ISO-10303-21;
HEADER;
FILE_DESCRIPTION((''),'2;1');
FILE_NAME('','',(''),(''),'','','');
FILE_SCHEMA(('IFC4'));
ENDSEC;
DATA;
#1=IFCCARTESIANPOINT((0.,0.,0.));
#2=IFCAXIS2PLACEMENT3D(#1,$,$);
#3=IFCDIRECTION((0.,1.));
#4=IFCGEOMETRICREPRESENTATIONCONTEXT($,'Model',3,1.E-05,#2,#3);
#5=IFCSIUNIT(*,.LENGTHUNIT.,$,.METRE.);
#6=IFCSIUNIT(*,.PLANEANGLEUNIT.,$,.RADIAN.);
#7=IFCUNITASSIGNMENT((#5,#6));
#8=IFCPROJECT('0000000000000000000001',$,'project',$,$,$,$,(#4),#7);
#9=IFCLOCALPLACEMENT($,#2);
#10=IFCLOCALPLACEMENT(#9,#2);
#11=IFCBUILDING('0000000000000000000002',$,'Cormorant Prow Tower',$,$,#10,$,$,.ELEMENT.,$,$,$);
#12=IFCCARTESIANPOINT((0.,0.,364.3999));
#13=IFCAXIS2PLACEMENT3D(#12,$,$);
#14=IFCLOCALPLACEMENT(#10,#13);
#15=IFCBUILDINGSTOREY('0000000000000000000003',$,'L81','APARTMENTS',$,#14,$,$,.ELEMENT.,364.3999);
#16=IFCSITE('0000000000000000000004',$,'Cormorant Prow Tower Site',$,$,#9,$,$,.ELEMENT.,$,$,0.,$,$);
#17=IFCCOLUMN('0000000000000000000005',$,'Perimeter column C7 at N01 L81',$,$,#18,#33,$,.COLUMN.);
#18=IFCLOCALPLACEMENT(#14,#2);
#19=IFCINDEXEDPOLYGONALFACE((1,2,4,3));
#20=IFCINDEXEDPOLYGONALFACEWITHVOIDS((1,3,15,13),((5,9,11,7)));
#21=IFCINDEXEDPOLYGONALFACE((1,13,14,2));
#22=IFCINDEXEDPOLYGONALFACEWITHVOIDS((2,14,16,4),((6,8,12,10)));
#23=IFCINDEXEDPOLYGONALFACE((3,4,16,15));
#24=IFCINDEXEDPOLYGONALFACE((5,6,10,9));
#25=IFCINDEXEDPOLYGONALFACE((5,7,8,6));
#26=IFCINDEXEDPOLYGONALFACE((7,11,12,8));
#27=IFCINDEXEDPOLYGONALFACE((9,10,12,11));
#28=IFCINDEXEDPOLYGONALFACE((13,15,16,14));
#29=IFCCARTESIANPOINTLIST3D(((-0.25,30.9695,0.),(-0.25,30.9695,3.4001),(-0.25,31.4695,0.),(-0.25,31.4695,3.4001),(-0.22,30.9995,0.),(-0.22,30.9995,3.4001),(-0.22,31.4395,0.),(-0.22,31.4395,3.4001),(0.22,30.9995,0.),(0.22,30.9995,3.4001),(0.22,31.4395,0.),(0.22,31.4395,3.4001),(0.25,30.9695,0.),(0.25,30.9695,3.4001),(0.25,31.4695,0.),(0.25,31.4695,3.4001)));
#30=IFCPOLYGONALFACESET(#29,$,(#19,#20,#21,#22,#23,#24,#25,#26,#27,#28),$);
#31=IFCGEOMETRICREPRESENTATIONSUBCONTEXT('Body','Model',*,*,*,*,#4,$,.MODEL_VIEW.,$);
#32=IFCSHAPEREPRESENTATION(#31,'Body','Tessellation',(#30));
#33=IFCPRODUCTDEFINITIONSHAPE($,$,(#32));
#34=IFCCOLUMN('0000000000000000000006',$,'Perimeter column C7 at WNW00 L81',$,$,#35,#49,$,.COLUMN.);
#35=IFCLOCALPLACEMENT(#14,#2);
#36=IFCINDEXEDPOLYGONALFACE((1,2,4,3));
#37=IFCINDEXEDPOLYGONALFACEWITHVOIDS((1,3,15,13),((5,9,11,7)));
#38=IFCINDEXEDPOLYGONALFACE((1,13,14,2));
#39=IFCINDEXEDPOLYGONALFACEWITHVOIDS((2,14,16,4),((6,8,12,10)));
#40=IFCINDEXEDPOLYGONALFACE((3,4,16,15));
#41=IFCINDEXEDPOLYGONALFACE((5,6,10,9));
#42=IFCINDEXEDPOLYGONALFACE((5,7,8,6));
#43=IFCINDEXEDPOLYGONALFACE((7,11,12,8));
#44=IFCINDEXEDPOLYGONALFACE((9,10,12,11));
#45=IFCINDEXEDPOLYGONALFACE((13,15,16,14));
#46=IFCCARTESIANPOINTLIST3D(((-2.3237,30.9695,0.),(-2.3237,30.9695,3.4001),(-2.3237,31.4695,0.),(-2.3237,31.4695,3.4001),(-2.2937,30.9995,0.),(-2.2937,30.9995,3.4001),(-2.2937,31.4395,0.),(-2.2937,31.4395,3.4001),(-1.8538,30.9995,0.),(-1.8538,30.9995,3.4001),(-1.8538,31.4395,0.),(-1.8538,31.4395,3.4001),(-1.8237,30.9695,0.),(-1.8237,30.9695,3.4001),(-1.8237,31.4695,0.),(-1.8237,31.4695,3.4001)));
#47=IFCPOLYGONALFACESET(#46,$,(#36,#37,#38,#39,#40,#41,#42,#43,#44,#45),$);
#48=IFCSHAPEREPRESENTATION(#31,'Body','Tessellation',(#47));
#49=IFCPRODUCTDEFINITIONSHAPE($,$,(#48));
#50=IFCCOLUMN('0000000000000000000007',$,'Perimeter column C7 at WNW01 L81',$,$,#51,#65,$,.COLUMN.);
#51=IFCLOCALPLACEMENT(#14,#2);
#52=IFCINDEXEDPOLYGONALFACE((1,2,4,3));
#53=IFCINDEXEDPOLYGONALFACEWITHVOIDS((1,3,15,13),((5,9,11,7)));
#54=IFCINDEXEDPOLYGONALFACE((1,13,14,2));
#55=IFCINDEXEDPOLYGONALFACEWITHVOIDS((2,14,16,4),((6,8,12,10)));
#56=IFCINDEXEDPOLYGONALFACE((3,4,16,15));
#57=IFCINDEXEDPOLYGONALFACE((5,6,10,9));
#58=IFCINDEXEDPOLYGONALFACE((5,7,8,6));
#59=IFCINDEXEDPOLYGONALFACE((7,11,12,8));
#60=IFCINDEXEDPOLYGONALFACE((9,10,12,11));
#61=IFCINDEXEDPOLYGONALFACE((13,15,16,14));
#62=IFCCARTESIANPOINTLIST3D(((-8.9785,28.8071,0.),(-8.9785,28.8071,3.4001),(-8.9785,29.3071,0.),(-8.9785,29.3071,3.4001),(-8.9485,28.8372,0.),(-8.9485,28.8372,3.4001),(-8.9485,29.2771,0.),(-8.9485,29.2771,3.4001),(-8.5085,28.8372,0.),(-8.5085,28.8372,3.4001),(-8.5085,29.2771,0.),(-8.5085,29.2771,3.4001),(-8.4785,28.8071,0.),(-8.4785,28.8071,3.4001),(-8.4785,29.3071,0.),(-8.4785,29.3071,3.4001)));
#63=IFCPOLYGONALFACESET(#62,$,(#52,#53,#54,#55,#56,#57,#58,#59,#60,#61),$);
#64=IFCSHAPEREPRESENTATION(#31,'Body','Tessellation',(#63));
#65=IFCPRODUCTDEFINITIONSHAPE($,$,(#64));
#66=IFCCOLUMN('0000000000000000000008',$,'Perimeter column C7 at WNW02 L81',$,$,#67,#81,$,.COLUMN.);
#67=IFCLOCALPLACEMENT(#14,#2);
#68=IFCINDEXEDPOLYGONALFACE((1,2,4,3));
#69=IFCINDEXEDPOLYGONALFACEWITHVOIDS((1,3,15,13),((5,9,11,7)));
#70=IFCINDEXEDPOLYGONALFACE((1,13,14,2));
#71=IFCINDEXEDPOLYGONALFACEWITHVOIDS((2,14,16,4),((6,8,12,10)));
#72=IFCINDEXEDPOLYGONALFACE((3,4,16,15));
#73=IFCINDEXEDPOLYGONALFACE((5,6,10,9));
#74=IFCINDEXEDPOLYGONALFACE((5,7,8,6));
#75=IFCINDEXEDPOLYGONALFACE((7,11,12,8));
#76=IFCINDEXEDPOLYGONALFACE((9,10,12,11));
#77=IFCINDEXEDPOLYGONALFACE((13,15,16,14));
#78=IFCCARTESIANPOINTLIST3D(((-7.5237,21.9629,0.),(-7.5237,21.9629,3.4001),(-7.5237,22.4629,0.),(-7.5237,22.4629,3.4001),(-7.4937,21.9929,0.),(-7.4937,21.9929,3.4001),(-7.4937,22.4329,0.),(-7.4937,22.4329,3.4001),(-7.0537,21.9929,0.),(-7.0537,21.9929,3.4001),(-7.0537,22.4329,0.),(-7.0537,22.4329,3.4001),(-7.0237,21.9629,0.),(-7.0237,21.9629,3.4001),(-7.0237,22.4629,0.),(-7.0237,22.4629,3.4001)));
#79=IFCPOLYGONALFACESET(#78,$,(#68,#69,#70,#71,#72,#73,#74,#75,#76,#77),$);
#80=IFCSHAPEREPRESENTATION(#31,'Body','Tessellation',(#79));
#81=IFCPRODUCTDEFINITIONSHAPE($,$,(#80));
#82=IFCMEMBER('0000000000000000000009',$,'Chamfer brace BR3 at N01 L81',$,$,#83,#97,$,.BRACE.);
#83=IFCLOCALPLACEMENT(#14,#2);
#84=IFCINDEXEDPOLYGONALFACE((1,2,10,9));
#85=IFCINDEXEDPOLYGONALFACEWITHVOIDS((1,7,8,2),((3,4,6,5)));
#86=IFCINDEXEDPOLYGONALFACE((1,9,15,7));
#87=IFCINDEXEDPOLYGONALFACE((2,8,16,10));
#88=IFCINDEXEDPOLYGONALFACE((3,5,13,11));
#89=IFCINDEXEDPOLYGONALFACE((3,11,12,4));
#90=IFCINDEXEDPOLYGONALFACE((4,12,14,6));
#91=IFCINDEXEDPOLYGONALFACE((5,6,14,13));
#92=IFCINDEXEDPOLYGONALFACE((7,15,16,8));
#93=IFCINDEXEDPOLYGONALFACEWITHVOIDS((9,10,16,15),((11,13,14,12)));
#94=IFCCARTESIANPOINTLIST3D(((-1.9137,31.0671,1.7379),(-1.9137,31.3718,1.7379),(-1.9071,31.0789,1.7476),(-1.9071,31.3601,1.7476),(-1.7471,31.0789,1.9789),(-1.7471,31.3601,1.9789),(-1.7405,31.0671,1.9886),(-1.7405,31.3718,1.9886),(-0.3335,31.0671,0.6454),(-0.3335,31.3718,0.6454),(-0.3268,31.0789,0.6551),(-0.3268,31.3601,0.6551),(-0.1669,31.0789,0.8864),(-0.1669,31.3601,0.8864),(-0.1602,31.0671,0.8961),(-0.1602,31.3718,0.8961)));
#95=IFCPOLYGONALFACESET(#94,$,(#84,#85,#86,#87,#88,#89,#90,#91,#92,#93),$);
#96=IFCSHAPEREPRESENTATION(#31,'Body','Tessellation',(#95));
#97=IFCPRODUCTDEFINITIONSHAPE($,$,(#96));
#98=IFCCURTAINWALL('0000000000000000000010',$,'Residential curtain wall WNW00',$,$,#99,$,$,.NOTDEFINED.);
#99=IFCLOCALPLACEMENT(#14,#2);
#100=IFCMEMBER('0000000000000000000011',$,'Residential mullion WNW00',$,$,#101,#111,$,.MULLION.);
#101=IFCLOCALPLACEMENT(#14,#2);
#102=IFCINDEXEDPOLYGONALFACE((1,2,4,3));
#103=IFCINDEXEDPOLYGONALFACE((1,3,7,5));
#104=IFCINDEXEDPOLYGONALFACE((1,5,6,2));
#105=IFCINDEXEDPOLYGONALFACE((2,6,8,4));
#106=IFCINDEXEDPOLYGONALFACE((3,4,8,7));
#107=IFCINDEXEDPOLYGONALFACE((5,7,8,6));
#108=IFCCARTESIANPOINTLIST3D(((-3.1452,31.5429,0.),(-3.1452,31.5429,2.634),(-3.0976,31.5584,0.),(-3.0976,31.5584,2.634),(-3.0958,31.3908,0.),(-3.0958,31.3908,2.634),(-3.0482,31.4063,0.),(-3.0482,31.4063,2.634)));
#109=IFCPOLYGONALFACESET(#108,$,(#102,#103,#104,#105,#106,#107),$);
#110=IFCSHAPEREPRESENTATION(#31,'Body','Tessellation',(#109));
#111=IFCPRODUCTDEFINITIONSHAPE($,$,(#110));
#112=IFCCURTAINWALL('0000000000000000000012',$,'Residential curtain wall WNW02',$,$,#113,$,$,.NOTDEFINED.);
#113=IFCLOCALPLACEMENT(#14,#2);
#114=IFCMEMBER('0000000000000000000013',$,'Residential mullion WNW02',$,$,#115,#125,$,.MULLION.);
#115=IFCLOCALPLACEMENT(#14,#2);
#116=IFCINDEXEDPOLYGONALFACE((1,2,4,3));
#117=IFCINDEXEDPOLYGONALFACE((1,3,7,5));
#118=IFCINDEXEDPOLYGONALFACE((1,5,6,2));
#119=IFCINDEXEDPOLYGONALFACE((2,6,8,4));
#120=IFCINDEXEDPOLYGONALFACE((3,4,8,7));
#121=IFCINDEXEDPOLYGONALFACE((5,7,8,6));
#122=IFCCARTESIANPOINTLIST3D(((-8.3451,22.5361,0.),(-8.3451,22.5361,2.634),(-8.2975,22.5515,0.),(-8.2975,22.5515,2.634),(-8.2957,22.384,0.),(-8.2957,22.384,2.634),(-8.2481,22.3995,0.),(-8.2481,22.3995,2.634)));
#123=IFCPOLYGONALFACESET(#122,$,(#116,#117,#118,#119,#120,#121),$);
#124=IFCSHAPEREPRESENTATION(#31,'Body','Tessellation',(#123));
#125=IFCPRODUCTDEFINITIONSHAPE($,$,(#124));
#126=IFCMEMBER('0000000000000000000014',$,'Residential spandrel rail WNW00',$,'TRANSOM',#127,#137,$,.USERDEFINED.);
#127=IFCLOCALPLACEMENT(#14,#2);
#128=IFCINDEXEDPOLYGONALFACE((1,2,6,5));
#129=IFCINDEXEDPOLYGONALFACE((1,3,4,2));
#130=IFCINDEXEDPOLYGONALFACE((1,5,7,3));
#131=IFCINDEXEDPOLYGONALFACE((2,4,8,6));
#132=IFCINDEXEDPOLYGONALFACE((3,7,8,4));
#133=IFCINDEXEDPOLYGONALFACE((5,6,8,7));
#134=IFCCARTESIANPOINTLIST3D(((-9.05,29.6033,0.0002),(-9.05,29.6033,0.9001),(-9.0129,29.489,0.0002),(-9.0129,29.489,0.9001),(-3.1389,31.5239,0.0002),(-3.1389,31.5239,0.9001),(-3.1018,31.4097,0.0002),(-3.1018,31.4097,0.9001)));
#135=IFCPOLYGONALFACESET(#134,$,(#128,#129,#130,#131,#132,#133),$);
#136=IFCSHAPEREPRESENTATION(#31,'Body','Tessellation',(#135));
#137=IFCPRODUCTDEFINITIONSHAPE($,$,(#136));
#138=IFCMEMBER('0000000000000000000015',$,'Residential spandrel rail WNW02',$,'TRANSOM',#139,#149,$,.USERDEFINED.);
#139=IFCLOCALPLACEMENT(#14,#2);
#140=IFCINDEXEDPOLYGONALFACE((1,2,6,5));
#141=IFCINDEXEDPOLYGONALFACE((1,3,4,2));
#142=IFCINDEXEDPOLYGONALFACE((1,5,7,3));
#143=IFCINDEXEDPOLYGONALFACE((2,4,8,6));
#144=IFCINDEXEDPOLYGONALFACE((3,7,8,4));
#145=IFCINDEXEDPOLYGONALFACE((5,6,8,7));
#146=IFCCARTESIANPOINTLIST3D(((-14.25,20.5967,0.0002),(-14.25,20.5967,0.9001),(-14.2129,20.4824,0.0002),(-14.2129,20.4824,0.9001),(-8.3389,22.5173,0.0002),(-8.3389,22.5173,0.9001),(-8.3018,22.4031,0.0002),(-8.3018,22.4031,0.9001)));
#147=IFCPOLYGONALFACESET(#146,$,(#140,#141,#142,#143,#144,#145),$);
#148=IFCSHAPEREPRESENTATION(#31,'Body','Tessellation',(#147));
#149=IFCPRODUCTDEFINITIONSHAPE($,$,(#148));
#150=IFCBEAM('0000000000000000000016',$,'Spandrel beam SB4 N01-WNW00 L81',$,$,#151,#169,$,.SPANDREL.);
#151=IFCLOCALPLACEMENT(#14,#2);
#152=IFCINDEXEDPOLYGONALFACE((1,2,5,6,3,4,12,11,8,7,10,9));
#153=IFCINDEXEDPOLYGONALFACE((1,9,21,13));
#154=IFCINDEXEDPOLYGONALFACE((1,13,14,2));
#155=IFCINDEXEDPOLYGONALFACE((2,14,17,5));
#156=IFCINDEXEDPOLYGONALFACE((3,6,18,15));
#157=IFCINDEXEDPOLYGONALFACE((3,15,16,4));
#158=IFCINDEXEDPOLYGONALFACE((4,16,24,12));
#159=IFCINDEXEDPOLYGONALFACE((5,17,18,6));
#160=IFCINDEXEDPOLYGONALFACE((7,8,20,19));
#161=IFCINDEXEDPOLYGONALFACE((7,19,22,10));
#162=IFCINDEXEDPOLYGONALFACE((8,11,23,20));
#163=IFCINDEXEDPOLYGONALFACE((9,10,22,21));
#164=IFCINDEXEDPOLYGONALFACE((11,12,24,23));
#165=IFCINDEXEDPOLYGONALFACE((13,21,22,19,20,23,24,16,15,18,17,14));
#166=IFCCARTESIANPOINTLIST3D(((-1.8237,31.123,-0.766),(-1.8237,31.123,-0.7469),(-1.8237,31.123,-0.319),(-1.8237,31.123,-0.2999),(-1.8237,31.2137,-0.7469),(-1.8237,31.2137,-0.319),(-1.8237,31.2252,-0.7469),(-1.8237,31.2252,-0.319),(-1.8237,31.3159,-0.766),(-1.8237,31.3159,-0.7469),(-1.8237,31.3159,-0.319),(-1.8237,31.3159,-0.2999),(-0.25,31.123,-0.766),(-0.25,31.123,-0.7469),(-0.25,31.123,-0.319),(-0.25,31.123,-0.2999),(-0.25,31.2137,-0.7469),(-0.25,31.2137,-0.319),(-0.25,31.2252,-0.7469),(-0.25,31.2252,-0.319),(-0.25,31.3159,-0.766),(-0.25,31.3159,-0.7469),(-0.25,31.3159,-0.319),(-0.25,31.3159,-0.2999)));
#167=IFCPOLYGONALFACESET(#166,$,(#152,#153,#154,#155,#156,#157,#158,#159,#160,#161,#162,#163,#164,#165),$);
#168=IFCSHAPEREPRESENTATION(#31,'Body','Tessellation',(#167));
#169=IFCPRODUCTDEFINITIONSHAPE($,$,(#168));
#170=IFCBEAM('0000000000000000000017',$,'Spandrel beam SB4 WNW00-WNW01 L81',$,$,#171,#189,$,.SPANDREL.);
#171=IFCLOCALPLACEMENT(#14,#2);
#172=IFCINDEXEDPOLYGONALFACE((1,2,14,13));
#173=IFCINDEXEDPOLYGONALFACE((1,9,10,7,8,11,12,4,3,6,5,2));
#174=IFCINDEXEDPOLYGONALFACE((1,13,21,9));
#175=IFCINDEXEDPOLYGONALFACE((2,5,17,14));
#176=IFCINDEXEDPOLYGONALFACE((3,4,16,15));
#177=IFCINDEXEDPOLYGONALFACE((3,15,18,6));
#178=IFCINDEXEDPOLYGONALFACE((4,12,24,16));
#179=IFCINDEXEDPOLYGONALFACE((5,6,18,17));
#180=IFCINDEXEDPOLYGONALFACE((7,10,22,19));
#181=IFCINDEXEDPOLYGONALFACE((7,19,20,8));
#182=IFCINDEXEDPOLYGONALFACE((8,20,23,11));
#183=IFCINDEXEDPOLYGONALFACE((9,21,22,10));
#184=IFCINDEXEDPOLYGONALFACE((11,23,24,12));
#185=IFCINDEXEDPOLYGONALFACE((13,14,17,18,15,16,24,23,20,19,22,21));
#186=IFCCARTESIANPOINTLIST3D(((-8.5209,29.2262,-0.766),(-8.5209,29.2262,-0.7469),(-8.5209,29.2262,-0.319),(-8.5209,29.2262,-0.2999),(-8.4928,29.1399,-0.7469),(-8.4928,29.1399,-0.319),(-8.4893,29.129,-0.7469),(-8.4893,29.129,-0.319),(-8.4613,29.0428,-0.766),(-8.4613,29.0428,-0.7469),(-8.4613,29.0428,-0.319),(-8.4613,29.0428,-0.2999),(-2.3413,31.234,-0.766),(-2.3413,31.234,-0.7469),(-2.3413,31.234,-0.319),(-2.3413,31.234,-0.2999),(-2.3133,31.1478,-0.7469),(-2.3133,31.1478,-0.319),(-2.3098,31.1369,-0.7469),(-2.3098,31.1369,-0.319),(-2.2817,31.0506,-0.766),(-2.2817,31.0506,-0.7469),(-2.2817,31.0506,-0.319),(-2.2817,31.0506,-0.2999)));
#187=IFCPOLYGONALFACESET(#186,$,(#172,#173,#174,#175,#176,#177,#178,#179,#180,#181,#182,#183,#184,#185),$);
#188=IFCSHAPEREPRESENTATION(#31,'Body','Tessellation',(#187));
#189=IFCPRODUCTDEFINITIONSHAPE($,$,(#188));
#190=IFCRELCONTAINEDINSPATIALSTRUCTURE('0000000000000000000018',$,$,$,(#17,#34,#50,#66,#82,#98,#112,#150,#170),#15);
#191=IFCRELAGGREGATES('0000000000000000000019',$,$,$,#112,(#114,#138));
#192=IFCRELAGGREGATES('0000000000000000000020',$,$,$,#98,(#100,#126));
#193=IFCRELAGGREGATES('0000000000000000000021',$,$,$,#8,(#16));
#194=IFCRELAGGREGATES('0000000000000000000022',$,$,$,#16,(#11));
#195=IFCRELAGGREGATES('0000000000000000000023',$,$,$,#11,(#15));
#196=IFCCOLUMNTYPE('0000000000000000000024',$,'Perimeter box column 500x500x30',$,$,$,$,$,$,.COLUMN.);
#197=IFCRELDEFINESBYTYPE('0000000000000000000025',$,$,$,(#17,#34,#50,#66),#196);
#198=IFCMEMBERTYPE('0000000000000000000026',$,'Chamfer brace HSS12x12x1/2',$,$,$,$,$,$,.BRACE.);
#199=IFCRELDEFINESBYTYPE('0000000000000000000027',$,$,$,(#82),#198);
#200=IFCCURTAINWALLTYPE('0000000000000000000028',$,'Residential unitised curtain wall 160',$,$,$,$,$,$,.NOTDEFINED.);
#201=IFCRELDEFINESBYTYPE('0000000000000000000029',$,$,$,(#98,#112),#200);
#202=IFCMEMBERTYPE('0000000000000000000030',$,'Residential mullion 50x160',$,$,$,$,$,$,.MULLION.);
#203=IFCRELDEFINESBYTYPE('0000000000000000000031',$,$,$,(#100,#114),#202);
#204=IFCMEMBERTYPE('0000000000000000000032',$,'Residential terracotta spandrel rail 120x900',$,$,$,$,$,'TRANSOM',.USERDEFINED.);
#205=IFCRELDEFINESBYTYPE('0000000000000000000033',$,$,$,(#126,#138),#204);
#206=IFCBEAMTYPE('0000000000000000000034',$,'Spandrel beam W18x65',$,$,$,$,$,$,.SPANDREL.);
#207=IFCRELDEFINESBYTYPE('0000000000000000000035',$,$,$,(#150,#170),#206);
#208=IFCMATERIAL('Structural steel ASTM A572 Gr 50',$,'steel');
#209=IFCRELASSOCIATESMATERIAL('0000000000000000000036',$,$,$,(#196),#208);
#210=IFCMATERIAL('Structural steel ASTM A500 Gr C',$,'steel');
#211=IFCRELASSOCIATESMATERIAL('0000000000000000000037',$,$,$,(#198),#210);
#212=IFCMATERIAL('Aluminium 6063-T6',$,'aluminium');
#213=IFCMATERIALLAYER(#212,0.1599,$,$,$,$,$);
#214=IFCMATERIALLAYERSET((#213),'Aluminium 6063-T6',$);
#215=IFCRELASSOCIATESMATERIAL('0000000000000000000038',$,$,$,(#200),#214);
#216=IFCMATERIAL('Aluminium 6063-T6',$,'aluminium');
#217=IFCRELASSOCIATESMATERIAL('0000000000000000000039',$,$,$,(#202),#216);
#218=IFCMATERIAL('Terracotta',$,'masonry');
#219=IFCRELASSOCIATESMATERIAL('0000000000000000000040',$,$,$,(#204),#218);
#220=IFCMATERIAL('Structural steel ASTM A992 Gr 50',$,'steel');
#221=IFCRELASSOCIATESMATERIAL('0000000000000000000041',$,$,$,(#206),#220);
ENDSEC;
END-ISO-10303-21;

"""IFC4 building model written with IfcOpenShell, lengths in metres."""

from ifc_helpers import new_model, si_unit, direction, frame, origin, origin_2d, place, context, subcontext, project, spatial, rectangle, hollow_rectangle, i_section, extrude, material, layer, layer_set, material_profile, profile_set, type_object, element, aggregate, save


model = new_model("IFC4")

# Units and contexts
model_context = context("Model", 3, precision=1e-05, world=origin(), true_north=direction((0.0, 1.0)))
body_context = subcontext(model_context, "Body", "Model", "MODEL_VIEW")
ifc_project = project(units=[si_unit("LENGTHUNIT", "METRE"), si_unit("PLANEANGLEUNIT", "RADIAN")], contexts=[model_context])

# Site, building, storey
site_placement = place(None, origin())
site = spatial("IfcSite", under=ifc_project, at=site_placement, Name="Cormorant Prow Tower Site", CompositionType="ELEMENT", RefElevation=0.0)
building_placement = place(site_placement, origin())
building = spatial("IfcBuilding", under=site, at=building_placement, Name="Cormorant Prow Tower", CompositionType="ELEMENT")
storey_placement = place(building_placement, frame((0.0, 0.0, 364.3999)))
storey = spatial("IfcBuildingStorey", under=building, at=storey_placement, Name="L81", Description="APARTMENTS", CompositionType="ELEMENT", Elevation=364.3999)

# Columns
ifc_material_1 = material(Name="Structural steel ASTM A572 Gr 50", Category="steel")
ifc_material_profile_1 = material_profile(ifc_material_1, hollow_rectangle(XDim=0.5, YDim=0.5, WallThickness=0.03, at=origin_2d()), Name="Box 500x500x30")
ifc_profile_set_1 = profile_set([ifc_material_profile_1], Name="Structural steel ASTM A572 Gr 50")
column_type = type_object("IfcColumnType", Name="Perimeter box column 500x500x30", PredefinedType="COLUMN", material=ifc_profile_set_1)
for number, where, z_axis, x_axis, name in (
    (1, (0.0, 31.2195, 0.0), (0.0, 0.0, 1.0), (1.0, 0.0, 0.0), "Perimeter column C7 at N01 L81"),
    (2, (-2.0737, 31.2195, 0.0), (0.0, 0.0, 1.0), (1.0, 0.0, 0.0), "Perimeter column C7 at WNW00 L81"),
    (3, (-8.7285, 29.0571, 0.0), (0.0, 0.0, 1.0), (1.0, 0.0, 0.0), "Perimeter column C7 at WNW01 L81"),
    (4, (-7.2737, 22.2129, 0.0), (0.0, 0.0, 1.0), (1.0, 0.0, 0.0), "Perimeter column C7 at WNW02 L81"),
):
    element("IfcColumn", number, at=place(storey_placement, frame(where, z_axis=z_axis, x_axis=x_axis)), inside=storey, type_object=column_type, Name=name, PredefinedType="COLUMN", context=body_context, shape_type="SweptSolid", body=[
        extrude(hollow_rectangle(XDim=0.5, YDim=0.5, WallThickness=0.03, at=origin_2d()), origin(), (0.0, 0.0, 1.0), 3.4001),
    ])

# Member
ifc_material_2 = material(Name="Structural steel ASTM A500 Gr C", Category="steel")
ifc_material_profile_2 = material_profile(ifc_material_2, hollow_rectangle(XDim=0.3047, YDim=0.3047, WallThickness=0.0117, at=origin_2d()), Name="HSS12x12x1/2")
ifc_profile_set_2 = profile_set([ifc_material_profile_2], Name="Structural steel ASTM A500 Gr C")
member_type_1 = type_object("IfcMemberType", Name="Chamfer brace HSS12x12x1/2", PredefinedType="BRACE", material=ifc_profile_set_2)
member_1_placement = place(storey_placement, frame((-0.2468, 31.2195, 0.7708), z_axis=(-0.822567, 0.0, 0.568668), x_axis=(0.0, -1.0, 0.0)))
element("IfcMember", 5, at=member_1_placement, inside=storey, type_object=member_type_1, Name="Chamfer brace BR3 at N01 L81", PredefinedType="BRACE", context=body_context, shape_type="SweptSolid", body=[
    extrude(hollow_rectangle(XDim=0.3047, YDim=0.3047, WallThickness=0.0117, at=origin_2d()), origin(), (0.0, 0.0, 1.0), 1.9211),
])

# Curtain walls, members
ifc_material_3 = material(Name="Aluminium 6063-T6", Category="aluminium")
ifc_layer_1 = layer(ifc_material_3, 0.1599)
ifc_layer_set_1 = layer_set([ifc_layer_1], Name="Aluminium 6063-T6")
curtain_wall_type = type_object("IfcCurtainWallType", Name="Residential unitised curtain wall 160", PredefinedType="NOTDEFINED", material=ifc_layer_set_1)
curtain_wall_1_placement = place(storey_placement, origin())
curtain_wall_1 = element("IfcCurtainWall", 6, at=curtain_wall_1_placement, inside=storey, type_object=curtain_wall_type, Name="Residential curtain wall WNW00", PredefinedType="NOTDEFINED")
ifc_material_4 = material(Name="Aluminium 6063-T6", Category="aluminium")
ifc_material_profile_3 = material_profile(ifc_material_4, rectangle(XDim=0.1599, YDim=0.05, at=origin_2d()), Name="Residential mullion 50x160")
ifc_profile_set_3 = profile_set([ifc_material_profile_3], Name="Aluminium 6063-T6")
member_type_2 = type_object("IfcMemberType", Name="Residential mullion 50x160", PredefinedType="MULLION", material=ifc_profile_set_3)
member_2_placement = place(storey_placement, frame((-3.0967, 31.4746, 0.0), z_axis=(0.0, 0.0, 1.0), x_axis=(0.309017, -0.951057, 0.0)))
member_2 = element("IfcMember", 7, at=member_2_placement, type_object=member_type_2, Name="Residential mullion WNW00", PredefinedType="MULLION", context=body_context, shape_type="SweptSolid", body=[
    extrude(rectangle(XDim=0.1599, YDim=0.05, at=origin_2d()), origin(), (0.0, 0.0, 1.0), 2.634),
])
curtain_wall_2_placement = place(storey_placement, origin())
curtain_wall_2 = element("IfcCurtainWall", 8, at=curtain_wall_2_placement, inside=storey, type_object=curtain_wall_type, Name="Residential curtain wall WNW02", PredefinedType="NOTDEFINED")
member_3_placement = place(storey_placement, frame((-8.2966, 22.4678, 0.0), z_axis=(0.0, 0.0, 1.0), x_axis=(0.309017, -0.951057, 0.0)))
member_3 = element("IfcMember", 9, at=member_3_placement, type_object=member_type_2, Name="Residential mullion WNW02", PredefinedType="MULLION", context=body_context, shape_type="SweptSolid", body=[
    extrude(rectangle(XDim=0.1599, YDim=0.05, at=origin_2d()), origin(), (0.0, 0.0, 1.0), 2.634),
])

# Members
ifc_material_5 = material(Name="Terracotta", Category="masonry")
ifc_material_profile_4 = material_profile(ifc_material_5, rectangle(XDim=0.1201, YDim=0.8999, at=origin_2d()), Name="Residential terracotta spandrel rail 120x900")
ifc_profile_set_4 = profile_set([ifc_material_profile_4], Name="Terracotta")
member_type_3 = type_object("IfcMemberType", Name="Residential terracotta spandrel rail 120x900", ElementType="TRANSOM", PredefinedType="USERDEFINED", material=ifc_profile_set_4)
member_4_placement = place(storey_placement, frame((-3.1204, 31.4668, 0.4502), z_axis=(-0.951056, -0.309019, 0.0), x_axis=(0.309019, -0.951056, 0.0)))
member_4 = element("IfcMember", 10, at=member_4_placement, type_object=member_type_3, Name="Residential spandrel rail WNW00", ObjectType="TRANSOM", PredefinedType="USERDEFINED", context=body_context, shape_type="SweptSolid", body=[
    extrude(rectangle(XDim=0.1201, YDim=0.8999, at=origin_2d()), origin(), (0.0, 0.0, 1.0), 6.2153),
])
member_5_placement = place(storey_placement, frame((-8.3203, 22.4602, 0.4502), z_axis=(-0.951056, -0.309019, 0.0), x_axis=(0.309019, -0.951056, 0.0)))
member_5 = element("IfcMember", 11, at=member_5_placement, type_object=member_type_3, Name="Residential spandrel rail WNW02", ObjectType="TRANSOM", PredefinedType="USERDEFINED", context=body_context, shape_type="SweptSolid", body=[
    extrude(rectangle(XDim=0.1201, YDim=0.8999, at=origin_2d()), origin(), (0.0, 0.0, 1.0), 6.2153),
])
aggregate(curtain_wall_2, [member_3, member_5])

# Beams
ifc_material_6 = material(Name="Structural steel ASTM A992 Gr 50", Category="steel")
ifc_material_profile_5 = material_profile(ifc_material_6, i_section(OverallWidth=0.1929, OverallDepth=0.4661, WebThickness=0.0115, FlangeThickness=0.019, at=origin_2d()), Name="W18x65")
ifc_profile_set_5 = profile_set([ifc_material_profile_5], Name="Structural steel ASTM A992 Gr 50")
beam_type = type_object("IfcBeamType", Name="Spandrel beam W18x65", PredefinedType="SPANDREL", material=ifc_profile_set_5)
beam_1_placement = place(storey_placement, frame((-0.25, 31.2195, -0.533), z_axis=(-1.0, 0.0, 0.0), x_axis=(0.0, -1.0, 0.0)))
element("IfcBeam", 12, at=beam_1_placement, inside=storey, type_object=beam_type, Name="Spandrel beam SB4 N01-WNW00 L81", PredefinedType="SPANDREL", context=body_context, shape_type="SweptSolid", body=[
    extrude(i_section(OverallWidth=0.1929, OverallDepth=0.4661, WebThickness=0.0115, FlangeThickness=0.019, at=origin_2d()), origin(), (0.0, 0.0, 1.0), 1.5737),
])
for number, where, z_axis, x_axis, name in (
    (13, (-2.3115, 31.1423, -0.533), (-0.951057, -0.309016, 0.0), (0.309016, -0.951057, 0.0), "Spandrel beam SB4 WNW00-WNW01 L81"),
):
    element("IfcBeam", number, at=place(storey_placement, frame(where, z_axis=z_axis, x_axis=x_axis)), inside=storey, type_object=beam_type, Name=name, PredefinedType="SPANDREL", context=body_context, shape_type="SweptSolid", body=[
        extrude(i_section(OverallWidth=0.1929, OverallDepth=0.4661, WebThickness=0.0115, FlangeThickness=0.019, at=origin_2d()), origin(), (0.0, 0.0, 1.0), 6.4976),
    ])

aggregate(curtain_wall_1, [member_2, member_4])

save(model, "model.ifc")
